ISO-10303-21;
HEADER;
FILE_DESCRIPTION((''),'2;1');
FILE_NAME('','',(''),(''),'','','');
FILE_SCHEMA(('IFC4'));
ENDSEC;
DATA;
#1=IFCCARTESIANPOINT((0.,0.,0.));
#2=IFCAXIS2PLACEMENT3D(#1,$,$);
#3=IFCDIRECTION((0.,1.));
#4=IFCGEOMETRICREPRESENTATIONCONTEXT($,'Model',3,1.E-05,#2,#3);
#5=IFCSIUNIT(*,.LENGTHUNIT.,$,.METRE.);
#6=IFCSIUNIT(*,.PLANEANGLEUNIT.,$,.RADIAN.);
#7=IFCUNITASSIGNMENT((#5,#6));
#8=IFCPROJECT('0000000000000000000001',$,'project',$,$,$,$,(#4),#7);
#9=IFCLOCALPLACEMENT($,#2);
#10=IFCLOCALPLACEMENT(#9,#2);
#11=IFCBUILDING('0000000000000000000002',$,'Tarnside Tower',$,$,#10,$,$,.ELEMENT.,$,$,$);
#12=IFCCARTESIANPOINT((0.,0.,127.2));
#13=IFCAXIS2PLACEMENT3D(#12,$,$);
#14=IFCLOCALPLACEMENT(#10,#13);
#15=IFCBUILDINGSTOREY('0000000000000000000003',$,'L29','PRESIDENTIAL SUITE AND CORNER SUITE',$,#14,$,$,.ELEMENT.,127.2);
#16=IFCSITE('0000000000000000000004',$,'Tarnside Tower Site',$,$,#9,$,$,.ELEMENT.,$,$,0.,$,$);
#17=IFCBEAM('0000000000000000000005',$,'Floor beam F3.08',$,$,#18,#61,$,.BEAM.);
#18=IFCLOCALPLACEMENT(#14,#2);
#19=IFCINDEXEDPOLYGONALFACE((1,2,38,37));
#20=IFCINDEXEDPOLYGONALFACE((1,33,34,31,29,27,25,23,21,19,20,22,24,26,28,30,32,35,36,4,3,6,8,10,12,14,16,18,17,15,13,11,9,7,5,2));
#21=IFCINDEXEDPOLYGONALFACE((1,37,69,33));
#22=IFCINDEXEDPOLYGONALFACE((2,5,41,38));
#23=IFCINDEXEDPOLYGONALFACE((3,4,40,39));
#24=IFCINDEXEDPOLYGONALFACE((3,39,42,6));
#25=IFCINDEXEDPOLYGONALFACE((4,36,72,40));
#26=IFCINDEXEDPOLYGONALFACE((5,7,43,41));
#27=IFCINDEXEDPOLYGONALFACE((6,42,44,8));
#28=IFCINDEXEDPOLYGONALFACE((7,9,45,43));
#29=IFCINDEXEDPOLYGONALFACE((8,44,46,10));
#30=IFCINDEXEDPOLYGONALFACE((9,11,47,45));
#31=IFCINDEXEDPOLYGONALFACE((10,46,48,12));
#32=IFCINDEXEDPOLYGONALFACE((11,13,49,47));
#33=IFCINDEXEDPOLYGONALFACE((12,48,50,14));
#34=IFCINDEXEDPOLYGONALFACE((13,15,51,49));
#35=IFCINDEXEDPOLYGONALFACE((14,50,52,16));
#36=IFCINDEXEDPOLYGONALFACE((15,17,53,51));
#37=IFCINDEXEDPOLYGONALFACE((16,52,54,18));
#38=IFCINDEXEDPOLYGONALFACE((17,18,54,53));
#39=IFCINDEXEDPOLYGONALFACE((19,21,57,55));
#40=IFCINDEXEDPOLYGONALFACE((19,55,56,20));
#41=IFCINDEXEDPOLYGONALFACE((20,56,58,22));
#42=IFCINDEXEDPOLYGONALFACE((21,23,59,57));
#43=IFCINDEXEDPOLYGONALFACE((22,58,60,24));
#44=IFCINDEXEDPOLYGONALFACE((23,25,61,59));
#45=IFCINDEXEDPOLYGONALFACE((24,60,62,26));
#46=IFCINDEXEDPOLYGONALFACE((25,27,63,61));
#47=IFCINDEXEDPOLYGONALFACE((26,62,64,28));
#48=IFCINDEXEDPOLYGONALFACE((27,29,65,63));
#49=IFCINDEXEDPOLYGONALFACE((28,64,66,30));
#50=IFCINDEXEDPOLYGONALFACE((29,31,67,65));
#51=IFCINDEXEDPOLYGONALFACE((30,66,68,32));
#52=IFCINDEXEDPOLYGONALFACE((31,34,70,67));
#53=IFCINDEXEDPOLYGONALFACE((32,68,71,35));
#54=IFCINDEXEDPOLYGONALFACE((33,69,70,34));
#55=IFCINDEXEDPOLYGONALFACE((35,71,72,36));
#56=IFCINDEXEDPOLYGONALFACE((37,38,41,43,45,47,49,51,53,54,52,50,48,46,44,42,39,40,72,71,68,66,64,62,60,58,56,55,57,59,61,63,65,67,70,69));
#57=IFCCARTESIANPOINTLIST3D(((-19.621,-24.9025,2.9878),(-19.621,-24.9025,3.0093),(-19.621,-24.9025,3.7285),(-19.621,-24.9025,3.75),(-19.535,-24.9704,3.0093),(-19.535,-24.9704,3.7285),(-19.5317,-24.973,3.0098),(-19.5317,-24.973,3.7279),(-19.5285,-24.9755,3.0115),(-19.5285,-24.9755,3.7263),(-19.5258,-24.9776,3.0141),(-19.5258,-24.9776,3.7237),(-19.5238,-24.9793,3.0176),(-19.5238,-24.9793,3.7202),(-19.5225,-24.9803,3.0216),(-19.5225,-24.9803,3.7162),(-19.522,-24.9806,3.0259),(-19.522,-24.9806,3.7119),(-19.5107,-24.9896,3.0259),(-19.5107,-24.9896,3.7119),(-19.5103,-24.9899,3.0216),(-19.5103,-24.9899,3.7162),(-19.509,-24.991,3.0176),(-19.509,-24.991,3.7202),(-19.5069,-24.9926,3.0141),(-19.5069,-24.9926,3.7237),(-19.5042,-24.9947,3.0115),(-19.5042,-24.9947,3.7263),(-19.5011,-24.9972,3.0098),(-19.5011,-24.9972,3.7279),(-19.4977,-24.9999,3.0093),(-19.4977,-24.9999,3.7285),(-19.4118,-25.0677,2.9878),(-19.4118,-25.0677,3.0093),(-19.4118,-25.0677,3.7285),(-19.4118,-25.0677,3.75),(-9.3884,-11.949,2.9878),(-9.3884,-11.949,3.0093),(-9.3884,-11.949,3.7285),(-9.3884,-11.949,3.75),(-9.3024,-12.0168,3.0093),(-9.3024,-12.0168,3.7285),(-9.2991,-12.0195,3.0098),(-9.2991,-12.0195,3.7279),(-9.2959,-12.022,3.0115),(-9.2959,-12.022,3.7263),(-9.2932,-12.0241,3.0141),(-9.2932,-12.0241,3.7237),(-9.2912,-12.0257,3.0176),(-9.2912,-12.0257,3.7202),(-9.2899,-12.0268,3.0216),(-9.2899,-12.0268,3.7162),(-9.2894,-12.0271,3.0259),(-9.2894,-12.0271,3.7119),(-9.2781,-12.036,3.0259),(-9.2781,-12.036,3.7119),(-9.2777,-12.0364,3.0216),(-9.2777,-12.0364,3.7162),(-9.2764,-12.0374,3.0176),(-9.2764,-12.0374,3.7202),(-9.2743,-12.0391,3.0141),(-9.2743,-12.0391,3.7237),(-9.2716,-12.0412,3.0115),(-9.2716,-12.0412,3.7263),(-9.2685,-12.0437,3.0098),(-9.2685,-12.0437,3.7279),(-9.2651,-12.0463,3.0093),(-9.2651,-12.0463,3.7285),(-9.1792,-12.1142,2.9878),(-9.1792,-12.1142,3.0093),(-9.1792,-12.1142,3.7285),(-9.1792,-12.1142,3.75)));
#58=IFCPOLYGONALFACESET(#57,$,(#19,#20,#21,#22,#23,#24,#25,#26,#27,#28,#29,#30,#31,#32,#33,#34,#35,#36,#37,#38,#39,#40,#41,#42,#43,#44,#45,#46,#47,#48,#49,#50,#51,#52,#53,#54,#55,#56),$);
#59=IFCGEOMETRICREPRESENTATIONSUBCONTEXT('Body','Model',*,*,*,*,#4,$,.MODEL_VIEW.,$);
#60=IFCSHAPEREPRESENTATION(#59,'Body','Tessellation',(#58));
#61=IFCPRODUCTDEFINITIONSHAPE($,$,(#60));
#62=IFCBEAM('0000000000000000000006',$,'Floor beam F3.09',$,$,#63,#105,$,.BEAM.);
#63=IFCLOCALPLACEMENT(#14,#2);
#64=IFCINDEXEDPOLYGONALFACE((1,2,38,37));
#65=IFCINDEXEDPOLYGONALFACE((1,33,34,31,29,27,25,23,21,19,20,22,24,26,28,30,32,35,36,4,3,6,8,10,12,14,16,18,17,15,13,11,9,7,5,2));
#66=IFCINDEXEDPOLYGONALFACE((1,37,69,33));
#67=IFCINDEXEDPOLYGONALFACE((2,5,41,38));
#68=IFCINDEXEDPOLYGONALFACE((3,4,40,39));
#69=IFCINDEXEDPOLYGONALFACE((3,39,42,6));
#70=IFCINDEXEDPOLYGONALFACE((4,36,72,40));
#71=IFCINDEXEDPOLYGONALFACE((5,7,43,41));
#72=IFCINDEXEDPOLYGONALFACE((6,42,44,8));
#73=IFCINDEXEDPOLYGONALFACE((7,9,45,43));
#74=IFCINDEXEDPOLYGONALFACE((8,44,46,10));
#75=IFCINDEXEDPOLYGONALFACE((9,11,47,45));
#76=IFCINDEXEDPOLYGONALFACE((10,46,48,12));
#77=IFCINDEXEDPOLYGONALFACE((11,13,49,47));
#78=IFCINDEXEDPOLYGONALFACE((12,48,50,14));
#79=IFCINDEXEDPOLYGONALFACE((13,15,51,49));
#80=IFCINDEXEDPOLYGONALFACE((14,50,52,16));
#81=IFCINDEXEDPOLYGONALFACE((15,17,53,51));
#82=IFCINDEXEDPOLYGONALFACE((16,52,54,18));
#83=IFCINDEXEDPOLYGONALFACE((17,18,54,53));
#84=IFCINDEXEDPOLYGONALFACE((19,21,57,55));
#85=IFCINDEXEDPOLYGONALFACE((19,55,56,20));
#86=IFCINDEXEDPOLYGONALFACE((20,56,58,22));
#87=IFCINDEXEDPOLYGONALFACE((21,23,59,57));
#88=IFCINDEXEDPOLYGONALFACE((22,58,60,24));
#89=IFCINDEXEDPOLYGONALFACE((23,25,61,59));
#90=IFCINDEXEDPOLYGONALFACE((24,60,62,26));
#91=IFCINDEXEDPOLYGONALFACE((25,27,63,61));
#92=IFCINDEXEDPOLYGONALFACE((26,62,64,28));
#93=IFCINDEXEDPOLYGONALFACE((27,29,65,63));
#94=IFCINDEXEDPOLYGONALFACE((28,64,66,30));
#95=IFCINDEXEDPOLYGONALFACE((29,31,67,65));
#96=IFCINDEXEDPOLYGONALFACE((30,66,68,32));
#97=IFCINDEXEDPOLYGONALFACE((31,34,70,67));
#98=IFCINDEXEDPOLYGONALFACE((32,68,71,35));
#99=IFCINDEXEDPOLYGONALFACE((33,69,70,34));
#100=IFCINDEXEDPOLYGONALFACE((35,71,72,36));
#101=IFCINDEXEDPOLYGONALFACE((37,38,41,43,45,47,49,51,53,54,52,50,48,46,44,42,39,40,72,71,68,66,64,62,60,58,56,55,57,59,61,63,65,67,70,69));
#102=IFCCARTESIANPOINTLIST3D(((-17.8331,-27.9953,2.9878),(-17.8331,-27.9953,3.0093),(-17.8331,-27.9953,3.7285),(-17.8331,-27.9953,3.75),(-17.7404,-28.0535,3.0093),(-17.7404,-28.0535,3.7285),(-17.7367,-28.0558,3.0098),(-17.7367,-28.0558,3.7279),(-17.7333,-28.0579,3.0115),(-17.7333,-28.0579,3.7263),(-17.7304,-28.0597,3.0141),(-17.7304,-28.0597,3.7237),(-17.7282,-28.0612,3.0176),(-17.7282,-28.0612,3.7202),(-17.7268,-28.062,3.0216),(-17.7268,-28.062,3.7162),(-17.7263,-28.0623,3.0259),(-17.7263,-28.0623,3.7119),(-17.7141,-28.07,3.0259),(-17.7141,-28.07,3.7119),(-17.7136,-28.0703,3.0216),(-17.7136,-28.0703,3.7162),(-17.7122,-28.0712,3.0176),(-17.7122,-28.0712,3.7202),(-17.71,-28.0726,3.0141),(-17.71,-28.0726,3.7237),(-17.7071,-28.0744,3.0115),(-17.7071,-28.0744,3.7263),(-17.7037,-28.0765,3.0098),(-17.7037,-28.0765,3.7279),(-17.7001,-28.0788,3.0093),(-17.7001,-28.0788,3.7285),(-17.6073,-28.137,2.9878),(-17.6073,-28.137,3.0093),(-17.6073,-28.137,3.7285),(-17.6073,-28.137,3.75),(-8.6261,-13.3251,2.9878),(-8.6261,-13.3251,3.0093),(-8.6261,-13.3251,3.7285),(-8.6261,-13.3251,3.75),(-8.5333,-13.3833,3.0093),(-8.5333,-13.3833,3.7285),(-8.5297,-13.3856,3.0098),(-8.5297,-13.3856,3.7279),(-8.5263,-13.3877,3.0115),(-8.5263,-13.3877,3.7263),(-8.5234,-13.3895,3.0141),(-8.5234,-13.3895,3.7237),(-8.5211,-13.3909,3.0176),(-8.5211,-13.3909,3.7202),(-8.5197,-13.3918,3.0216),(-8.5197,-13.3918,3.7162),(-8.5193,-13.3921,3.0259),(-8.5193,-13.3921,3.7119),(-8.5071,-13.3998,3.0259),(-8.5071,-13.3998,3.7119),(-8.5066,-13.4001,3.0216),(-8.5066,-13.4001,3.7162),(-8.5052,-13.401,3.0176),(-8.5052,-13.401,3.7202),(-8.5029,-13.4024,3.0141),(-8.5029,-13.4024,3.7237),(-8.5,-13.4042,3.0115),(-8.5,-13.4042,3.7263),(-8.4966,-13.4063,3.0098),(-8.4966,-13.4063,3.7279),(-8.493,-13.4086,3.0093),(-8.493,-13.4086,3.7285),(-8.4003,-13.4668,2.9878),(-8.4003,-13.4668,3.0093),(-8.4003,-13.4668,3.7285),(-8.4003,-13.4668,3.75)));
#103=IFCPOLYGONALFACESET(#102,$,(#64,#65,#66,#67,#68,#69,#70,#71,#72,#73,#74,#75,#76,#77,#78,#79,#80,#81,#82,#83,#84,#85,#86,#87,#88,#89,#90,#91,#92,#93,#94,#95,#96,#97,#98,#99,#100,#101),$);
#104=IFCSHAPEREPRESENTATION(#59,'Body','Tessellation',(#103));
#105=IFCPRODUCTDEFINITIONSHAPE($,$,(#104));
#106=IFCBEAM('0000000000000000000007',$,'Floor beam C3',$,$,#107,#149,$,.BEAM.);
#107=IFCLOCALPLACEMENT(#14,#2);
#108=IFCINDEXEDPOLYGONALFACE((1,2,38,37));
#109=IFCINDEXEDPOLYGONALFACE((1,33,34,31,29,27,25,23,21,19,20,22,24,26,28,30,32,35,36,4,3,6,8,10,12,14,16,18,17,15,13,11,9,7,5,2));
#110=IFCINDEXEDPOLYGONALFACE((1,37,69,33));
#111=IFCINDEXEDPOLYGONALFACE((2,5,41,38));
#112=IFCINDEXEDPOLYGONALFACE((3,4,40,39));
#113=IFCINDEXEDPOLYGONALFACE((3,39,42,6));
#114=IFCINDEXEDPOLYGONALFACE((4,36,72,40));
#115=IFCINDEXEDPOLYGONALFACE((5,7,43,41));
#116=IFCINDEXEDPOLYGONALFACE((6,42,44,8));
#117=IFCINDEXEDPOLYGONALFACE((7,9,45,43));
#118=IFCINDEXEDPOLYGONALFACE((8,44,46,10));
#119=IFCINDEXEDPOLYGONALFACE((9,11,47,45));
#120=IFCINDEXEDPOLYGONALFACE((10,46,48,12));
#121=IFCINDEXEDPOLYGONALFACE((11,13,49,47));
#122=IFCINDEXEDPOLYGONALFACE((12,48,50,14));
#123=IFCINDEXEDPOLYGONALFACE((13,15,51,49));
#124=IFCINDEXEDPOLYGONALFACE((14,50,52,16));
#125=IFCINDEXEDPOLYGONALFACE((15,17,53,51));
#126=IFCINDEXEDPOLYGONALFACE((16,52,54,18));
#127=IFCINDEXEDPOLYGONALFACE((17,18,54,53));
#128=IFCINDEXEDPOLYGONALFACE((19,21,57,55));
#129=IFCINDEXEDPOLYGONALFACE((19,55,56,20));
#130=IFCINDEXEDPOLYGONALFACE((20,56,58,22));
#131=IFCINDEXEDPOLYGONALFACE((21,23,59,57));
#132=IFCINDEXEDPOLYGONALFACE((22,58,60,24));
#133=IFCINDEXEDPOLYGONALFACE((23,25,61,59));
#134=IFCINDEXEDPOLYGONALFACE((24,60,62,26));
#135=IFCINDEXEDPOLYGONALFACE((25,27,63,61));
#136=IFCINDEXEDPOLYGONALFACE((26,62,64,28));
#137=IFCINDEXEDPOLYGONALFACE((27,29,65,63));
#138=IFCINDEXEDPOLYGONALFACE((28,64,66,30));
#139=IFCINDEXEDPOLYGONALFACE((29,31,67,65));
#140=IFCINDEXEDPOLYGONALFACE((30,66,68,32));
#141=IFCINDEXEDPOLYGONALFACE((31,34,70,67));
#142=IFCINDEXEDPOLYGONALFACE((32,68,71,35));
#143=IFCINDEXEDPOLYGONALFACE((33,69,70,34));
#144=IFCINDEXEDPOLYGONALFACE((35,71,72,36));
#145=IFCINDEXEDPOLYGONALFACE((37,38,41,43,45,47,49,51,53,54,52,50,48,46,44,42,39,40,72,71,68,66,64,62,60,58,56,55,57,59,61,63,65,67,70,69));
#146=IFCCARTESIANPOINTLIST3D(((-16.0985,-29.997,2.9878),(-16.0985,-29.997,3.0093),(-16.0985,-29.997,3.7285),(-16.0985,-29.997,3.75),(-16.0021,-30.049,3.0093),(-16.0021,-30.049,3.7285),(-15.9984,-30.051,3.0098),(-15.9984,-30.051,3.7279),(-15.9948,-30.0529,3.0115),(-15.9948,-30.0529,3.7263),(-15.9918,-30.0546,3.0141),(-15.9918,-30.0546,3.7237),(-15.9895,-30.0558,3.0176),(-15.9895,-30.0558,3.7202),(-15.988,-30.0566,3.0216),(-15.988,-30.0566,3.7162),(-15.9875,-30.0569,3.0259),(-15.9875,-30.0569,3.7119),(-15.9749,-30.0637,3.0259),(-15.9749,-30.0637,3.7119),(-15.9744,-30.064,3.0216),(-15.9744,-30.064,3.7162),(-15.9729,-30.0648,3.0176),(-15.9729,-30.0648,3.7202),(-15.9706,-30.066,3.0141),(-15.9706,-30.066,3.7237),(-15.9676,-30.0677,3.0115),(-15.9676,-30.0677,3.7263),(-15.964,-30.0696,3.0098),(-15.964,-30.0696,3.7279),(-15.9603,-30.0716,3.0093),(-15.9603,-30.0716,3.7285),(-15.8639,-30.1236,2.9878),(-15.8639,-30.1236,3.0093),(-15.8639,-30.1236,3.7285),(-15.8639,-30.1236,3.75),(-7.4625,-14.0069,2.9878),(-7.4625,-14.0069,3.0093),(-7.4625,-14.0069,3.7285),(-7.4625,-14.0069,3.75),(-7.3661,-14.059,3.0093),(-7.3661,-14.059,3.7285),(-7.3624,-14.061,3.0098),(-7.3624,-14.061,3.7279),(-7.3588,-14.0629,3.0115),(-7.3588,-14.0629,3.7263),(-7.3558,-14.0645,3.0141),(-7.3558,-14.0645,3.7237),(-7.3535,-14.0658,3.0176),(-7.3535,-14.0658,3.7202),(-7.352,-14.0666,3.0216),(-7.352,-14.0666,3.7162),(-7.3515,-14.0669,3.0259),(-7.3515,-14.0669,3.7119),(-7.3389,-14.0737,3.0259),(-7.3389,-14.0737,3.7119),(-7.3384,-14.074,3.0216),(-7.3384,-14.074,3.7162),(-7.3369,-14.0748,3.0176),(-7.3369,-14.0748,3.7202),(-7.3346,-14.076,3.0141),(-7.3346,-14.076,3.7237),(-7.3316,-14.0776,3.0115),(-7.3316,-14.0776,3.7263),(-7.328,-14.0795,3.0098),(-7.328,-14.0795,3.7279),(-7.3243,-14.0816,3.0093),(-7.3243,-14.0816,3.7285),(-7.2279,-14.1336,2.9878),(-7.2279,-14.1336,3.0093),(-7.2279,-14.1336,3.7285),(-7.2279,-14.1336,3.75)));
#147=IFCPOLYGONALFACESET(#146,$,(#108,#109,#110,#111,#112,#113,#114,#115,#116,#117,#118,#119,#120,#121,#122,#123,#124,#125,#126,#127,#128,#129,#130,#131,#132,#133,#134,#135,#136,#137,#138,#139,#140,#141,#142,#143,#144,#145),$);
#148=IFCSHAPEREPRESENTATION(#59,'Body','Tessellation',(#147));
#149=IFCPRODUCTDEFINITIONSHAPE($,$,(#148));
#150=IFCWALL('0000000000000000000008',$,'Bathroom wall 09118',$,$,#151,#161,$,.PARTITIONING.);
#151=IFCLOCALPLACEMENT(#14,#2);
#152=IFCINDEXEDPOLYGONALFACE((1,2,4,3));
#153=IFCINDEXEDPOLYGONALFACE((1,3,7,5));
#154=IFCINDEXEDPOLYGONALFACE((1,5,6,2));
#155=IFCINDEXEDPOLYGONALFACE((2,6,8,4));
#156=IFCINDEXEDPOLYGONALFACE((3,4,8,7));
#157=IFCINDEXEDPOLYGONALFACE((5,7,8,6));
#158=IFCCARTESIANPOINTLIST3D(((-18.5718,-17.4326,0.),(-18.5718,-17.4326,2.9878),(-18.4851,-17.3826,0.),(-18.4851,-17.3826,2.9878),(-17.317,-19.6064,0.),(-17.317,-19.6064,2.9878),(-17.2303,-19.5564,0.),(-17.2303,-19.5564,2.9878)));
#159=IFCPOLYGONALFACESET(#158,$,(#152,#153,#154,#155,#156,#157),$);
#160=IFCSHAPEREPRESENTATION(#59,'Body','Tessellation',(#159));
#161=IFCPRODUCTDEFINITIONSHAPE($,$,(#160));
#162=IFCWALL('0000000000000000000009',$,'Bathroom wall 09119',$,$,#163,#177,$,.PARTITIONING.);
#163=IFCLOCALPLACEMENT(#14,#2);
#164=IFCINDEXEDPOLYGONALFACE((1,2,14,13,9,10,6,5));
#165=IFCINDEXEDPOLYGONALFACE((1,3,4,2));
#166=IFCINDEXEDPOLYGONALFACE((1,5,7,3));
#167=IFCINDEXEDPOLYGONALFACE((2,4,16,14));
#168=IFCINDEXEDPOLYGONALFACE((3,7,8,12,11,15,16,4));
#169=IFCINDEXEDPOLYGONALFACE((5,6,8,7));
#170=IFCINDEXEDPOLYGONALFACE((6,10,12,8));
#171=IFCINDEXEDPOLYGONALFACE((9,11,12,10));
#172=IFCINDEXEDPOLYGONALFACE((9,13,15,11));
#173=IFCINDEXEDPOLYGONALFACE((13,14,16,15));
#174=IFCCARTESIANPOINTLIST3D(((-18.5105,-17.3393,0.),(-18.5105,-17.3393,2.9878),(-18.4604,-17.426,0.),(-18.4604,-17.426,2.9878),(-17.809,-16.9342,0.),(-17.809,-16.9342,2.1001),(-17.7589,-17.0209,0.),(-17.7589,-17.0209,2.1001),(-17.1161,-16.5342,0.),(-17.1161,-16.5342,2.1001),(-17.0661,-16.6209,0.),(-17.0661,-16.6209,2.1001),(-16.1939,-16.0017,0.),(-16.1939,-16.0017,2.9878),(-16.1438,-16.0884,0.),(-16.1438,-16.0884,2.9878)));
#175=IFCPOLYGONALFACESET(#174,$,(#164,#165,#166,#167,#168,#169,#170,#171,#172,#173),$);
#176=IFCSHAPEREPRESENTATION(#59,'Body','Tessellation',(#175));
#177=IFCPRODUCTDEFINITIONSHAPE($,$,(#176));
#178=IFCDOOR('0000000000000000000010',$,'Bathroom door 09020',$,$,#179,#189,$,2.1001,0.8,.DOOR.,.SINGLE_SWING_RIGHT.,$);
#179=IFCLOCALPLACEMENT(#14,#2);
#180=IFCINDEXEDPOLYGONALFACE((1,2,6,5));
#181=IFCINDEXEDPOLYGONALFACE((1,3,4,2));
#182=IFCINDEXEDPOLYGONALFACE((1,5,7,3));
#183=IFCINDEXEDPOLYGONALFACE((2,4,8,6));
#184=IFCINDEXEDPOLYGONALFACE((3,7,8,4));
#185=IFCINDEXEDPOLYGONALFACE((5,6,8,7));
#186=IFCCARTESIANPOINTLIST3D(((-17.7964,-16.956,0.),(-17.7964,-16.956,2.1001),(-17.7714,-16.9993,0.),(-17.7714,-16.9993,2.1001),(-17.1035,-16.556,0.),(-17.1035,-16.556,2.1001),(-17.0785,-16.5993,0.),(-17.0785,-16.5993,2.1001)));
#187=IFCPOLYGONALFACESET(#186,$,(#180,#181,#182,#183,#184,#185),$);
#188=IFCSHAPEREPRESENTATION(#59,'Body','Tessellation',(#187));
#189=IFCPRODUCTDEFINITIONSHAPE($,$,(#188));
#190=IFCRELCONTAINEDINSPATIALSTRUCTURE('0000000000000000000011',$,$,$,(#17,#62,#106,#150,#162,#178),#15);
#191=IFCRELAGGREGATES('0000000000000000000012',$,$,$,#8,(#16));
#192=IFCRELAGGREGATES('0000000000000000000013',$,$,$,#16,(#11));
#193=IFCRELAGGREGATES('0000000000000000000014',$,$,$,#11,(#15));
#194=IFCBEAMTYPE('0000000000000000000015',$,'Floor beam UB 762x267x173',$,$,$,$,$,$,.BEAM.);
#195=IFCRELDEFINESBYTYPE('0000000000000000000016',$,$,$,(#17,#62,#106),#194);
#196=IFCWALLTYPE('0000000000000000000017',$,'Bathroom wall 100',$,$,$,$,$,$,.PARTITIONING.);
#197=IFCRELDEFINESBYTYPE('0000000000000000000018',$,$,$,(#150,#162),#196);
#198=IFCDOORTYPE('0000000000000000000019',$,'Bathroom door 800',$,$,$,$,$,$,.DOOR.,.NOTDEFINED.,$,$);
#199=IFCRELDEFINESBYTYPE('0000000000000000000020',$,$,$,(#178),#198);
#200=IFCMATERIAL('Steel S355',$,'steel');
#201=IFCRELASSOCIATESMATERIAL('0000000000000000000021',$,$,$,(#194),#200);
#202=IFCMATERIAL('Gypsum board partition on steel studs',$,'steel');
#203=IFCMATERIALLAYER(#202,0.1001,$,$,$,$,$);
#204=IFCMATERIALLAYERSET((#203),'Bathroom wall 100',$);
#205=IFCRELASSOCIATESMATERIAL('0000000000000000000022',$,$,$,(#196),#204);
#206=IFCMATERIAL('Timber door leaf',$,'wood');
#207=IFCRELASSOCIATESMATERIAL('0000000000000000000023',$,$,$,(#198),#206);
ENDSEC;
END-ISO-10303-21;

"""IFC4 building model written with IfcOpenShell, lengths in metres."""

from ifc_helpers import new_model, si_unit, direction, frame, frame_2d, origin, origin_2d, place, context, subcontext, project, spatial, rectangle, i_section, extrude, material, layer, layer_set, material_profile, profile_set, type_object, element, fill, save


model = new_model("IFC4")

# Units and contexts
model_context = context("Model", 3, precision=1e-05, world=origin(), true_north=direction((0.0, 1.0)))
body_context = subcontext(model_context, "Body", "Model", "MODEL_VIEW")
ifc_project = project(units=[si_unit("LENGTHUNIT", "METRE"), si_unit("PLANEANGLEUNIT", "RADIAN")], contexts=[model_context])

# Site, building, storey
site_placement = place(None, origin())
site = spatial("IfcSite", under=ifc_project, at=site_placement, Name="Tarnside Tower Site", CompositionType="ELEMENT", RefElevation=0.0)
building_placement = place(site_placement, origin())
building = spatial("IfcBuilding", under=site, at=building_placement, Name="Tarnside Tower", CompositionType="ELEMENT")
storey_placement = place(building_placement, frame((0.0, 0.0, 127.2)))
storey = spatial("IfcBuildingStorey", under=building, at=storey_placement, Name="L29", Description="PRESIDENTIAL SUITE AND CORNER SUITE", CompositionType="ELEMENT", Elevation=127.2)

# Beams
ifc_material_1 = material(Name="Steel S355", Category="steel")
ifc_material_profile_1 = material_profile(ifc_material_1, i_section(OverallWidth=0.2666, OverallDepth=0.7622, WebThickness=0.0144, FlangeThickness=0.0215, FilletRadius=0.0166, at=origin_2d()), Name="UB 762x267x173")
ifc_profile_set_1 = profile_set([ifc_material_profile_1], Name="Steel S355")
beam_type_1 = type_object("IfcBeamType", Name="Floor beam UB 762x267x173", PredefinedType="BEAM", material=ifc_profile_set_1)
beam_1_placement = place(storey_placement, frame((-19.5164, -24.9851, 3.3689), z_axis=(0.619873, 0.784702, 0.0), x_axis=(-0.784702, 0.619873, 0.0)))
element("IfcBeam", 1, at=beam_1_placement, inside=storey, type_object=beam_type_1, Name="Floor beam F3.08", PredefinedType="BEAM", context=body_context, shape_type="SweptSolid", body=[
    extrude(i_section(OverallWidth=0.2666, OverallDepth=0.7622, WebThickness=0.0144, FlangeThickness=0.0215, FilletRadius=0.0166, at=origin_2d()), origin(), (0.0, 0.0, 1.0), 16.5076),
])
beam_2_placement = place(storey_placement, frame((-17.7202, -28.0662, 3.3689), z_axis=(0.531583, 0.847006, 0.0), x_axis=(-0.847006, 0.531583, 0.0)))
element("IfcBeam", 2, at=beam_2_placement, inside=storey, type_object=beam_type_1, Name="Floor beam F3.09", PredefinedType="BEAM", context=body_context, shape_type="SweptSolid", body=[
    extrude(i_section(OverallWidth=0.2666, OverallDepth=0.7622, WebThickness=0.0144, FlangeThickness=0.0215, FilletRadius=0.0166, at=origin_2d()), origin(), (0.0, 0.0, 1.0), 17.3201),
])
beam_3_placement = place(storey_placement, frame((-15.9812, -30.0603, 3.3689), z_axis=(0.475208, 0.879873, 0.0), x_axis=(-0.879873, 0.475208, 0.0)))
element("IfcBeam", 3, at=beam_3_placement, inside=storey, type_object=beam_type_1, Name="Floor beam C3", PredefinedType="BEAM", context=body_context, shape_type="SweptSolid", body=[
    extrude(i_section(OverallWidth=0.2666, OverallDepth=0.7622, WebThickness=0.0144, FlangeThickness=0.0215, FilletRadius=0.0166, at=origin_2d()), origin(), (0.0, 0.0, 1.0), 18.1731),
])

# Wall
ifc_material_2 = material(Name="Gypsum board partition on steel studs", Category="steel")
ifc_layer_1 = layer(ifc_material_2, 0.1001)
ifc_layer_set_1 = layer_set([ifc_layer_1], Name="Bathroom wall 100")
wall_type_1 = type_object("IfcWallType", Name="Bathroom wall 100", PredefinedType="PARTITIONING", material=ifc_layer_set_1)
wall_1_placement = place(storey_placement, frame((-17.2737, -19.5813, 0.0), z_axis=(0.0, 0.0, 1.0), x_axis=(-0.499947, 0.866056, 0.0)))
element("IfcWall", 4, at=wall_1_placement, inside=storey, type_object=wall_type_1, Name="Bathroom wall 09118", PredefinedType="PARTITIONING", context=body_context, shape_type="SweptSolid", body=[
    extrude(rectangle(XDim=2.51, YDim=0.1001, at=frame_2d((1.2549, 0.0))), origin(), (0.0, 0.0, 1.0), 2.9878),
])

# Wall, opening, door
wall_2_placement = place(storey_placement, frame((-18.4854, -17.3826, 0.0), z_axis=(0.0, 0.0, 1.0), x_axis=(0.866005, 0.500036, 0.0)))
wall_2 = element("IfcWall", 5, at=wall_2_placement, inside=storey, type_object=wall_type_1, Name="Bathroom wall 09119", PredefinedType="PARTITIONING", context=body_context, shape_type="SweptSolid", body=[
    extrude(rectangle(XDim=2.675, YDim=0.1001, at=frame_2d((1.3374, 0.0))), origin(), (0.0, 0.0, 1.0), 2.9878),
])
opening_1_placement = place(wall_2_placement, frame((0.8101, 0.0, 0.0)))
opening_1 = element("IfcOpeningElement", 6, at=opening_1_placement, cuts=wall_2, PredefinedType="OPENING", context=body_context, shape_type="SweptSolid", body=[
    extrude(rectangle(XDim=0.8, YDim=2.1001, at=frame_2d((0.3999, 1.05))), frame((0.0, 0.0601, 0.0), z_axis=(0.0, -1.0, 0.0), x_axis=(1.0, 0.0, 0.0)), (0.0, 0.0, 1.0), 0.1201),
])
ifc_material_3 = material(Name="Timber door leaf", Category="wood")
door_type = type_object("IfcDoorType", Name="Bathroom door 800", OperationType="NOTDEFINED", PredefinedType="DOOR", material=ifc_material_3)
door_1_placement = place(opening_1_placement, origin())
door_1 = element("IfcDoor", 7, at=door_1_placement, inside=storey, type_object=door_type, Name="Bathroom door 09020", OperationType="SINGLE_SWING_RIGHT", OverallHeight=2.1001, OverallWidth=0.8, PredefinedType="DOOR", context=body_context, shape_type="SweptSolid", body=[
    extrude(rectangle(XDim=0.8, YDim=2.1001, at=frame_2d((0.3999, 1.05))), frame((0.0, 0.0249, 0.0), z_axis=(0.0, -1.0, 0.0), x_axis=(1.0, 0.0, 0.0)), (0.0, 0.0, 1.0), 0.05),
])
fill(opening_1, door_1)

save(model, "model.ifc")
